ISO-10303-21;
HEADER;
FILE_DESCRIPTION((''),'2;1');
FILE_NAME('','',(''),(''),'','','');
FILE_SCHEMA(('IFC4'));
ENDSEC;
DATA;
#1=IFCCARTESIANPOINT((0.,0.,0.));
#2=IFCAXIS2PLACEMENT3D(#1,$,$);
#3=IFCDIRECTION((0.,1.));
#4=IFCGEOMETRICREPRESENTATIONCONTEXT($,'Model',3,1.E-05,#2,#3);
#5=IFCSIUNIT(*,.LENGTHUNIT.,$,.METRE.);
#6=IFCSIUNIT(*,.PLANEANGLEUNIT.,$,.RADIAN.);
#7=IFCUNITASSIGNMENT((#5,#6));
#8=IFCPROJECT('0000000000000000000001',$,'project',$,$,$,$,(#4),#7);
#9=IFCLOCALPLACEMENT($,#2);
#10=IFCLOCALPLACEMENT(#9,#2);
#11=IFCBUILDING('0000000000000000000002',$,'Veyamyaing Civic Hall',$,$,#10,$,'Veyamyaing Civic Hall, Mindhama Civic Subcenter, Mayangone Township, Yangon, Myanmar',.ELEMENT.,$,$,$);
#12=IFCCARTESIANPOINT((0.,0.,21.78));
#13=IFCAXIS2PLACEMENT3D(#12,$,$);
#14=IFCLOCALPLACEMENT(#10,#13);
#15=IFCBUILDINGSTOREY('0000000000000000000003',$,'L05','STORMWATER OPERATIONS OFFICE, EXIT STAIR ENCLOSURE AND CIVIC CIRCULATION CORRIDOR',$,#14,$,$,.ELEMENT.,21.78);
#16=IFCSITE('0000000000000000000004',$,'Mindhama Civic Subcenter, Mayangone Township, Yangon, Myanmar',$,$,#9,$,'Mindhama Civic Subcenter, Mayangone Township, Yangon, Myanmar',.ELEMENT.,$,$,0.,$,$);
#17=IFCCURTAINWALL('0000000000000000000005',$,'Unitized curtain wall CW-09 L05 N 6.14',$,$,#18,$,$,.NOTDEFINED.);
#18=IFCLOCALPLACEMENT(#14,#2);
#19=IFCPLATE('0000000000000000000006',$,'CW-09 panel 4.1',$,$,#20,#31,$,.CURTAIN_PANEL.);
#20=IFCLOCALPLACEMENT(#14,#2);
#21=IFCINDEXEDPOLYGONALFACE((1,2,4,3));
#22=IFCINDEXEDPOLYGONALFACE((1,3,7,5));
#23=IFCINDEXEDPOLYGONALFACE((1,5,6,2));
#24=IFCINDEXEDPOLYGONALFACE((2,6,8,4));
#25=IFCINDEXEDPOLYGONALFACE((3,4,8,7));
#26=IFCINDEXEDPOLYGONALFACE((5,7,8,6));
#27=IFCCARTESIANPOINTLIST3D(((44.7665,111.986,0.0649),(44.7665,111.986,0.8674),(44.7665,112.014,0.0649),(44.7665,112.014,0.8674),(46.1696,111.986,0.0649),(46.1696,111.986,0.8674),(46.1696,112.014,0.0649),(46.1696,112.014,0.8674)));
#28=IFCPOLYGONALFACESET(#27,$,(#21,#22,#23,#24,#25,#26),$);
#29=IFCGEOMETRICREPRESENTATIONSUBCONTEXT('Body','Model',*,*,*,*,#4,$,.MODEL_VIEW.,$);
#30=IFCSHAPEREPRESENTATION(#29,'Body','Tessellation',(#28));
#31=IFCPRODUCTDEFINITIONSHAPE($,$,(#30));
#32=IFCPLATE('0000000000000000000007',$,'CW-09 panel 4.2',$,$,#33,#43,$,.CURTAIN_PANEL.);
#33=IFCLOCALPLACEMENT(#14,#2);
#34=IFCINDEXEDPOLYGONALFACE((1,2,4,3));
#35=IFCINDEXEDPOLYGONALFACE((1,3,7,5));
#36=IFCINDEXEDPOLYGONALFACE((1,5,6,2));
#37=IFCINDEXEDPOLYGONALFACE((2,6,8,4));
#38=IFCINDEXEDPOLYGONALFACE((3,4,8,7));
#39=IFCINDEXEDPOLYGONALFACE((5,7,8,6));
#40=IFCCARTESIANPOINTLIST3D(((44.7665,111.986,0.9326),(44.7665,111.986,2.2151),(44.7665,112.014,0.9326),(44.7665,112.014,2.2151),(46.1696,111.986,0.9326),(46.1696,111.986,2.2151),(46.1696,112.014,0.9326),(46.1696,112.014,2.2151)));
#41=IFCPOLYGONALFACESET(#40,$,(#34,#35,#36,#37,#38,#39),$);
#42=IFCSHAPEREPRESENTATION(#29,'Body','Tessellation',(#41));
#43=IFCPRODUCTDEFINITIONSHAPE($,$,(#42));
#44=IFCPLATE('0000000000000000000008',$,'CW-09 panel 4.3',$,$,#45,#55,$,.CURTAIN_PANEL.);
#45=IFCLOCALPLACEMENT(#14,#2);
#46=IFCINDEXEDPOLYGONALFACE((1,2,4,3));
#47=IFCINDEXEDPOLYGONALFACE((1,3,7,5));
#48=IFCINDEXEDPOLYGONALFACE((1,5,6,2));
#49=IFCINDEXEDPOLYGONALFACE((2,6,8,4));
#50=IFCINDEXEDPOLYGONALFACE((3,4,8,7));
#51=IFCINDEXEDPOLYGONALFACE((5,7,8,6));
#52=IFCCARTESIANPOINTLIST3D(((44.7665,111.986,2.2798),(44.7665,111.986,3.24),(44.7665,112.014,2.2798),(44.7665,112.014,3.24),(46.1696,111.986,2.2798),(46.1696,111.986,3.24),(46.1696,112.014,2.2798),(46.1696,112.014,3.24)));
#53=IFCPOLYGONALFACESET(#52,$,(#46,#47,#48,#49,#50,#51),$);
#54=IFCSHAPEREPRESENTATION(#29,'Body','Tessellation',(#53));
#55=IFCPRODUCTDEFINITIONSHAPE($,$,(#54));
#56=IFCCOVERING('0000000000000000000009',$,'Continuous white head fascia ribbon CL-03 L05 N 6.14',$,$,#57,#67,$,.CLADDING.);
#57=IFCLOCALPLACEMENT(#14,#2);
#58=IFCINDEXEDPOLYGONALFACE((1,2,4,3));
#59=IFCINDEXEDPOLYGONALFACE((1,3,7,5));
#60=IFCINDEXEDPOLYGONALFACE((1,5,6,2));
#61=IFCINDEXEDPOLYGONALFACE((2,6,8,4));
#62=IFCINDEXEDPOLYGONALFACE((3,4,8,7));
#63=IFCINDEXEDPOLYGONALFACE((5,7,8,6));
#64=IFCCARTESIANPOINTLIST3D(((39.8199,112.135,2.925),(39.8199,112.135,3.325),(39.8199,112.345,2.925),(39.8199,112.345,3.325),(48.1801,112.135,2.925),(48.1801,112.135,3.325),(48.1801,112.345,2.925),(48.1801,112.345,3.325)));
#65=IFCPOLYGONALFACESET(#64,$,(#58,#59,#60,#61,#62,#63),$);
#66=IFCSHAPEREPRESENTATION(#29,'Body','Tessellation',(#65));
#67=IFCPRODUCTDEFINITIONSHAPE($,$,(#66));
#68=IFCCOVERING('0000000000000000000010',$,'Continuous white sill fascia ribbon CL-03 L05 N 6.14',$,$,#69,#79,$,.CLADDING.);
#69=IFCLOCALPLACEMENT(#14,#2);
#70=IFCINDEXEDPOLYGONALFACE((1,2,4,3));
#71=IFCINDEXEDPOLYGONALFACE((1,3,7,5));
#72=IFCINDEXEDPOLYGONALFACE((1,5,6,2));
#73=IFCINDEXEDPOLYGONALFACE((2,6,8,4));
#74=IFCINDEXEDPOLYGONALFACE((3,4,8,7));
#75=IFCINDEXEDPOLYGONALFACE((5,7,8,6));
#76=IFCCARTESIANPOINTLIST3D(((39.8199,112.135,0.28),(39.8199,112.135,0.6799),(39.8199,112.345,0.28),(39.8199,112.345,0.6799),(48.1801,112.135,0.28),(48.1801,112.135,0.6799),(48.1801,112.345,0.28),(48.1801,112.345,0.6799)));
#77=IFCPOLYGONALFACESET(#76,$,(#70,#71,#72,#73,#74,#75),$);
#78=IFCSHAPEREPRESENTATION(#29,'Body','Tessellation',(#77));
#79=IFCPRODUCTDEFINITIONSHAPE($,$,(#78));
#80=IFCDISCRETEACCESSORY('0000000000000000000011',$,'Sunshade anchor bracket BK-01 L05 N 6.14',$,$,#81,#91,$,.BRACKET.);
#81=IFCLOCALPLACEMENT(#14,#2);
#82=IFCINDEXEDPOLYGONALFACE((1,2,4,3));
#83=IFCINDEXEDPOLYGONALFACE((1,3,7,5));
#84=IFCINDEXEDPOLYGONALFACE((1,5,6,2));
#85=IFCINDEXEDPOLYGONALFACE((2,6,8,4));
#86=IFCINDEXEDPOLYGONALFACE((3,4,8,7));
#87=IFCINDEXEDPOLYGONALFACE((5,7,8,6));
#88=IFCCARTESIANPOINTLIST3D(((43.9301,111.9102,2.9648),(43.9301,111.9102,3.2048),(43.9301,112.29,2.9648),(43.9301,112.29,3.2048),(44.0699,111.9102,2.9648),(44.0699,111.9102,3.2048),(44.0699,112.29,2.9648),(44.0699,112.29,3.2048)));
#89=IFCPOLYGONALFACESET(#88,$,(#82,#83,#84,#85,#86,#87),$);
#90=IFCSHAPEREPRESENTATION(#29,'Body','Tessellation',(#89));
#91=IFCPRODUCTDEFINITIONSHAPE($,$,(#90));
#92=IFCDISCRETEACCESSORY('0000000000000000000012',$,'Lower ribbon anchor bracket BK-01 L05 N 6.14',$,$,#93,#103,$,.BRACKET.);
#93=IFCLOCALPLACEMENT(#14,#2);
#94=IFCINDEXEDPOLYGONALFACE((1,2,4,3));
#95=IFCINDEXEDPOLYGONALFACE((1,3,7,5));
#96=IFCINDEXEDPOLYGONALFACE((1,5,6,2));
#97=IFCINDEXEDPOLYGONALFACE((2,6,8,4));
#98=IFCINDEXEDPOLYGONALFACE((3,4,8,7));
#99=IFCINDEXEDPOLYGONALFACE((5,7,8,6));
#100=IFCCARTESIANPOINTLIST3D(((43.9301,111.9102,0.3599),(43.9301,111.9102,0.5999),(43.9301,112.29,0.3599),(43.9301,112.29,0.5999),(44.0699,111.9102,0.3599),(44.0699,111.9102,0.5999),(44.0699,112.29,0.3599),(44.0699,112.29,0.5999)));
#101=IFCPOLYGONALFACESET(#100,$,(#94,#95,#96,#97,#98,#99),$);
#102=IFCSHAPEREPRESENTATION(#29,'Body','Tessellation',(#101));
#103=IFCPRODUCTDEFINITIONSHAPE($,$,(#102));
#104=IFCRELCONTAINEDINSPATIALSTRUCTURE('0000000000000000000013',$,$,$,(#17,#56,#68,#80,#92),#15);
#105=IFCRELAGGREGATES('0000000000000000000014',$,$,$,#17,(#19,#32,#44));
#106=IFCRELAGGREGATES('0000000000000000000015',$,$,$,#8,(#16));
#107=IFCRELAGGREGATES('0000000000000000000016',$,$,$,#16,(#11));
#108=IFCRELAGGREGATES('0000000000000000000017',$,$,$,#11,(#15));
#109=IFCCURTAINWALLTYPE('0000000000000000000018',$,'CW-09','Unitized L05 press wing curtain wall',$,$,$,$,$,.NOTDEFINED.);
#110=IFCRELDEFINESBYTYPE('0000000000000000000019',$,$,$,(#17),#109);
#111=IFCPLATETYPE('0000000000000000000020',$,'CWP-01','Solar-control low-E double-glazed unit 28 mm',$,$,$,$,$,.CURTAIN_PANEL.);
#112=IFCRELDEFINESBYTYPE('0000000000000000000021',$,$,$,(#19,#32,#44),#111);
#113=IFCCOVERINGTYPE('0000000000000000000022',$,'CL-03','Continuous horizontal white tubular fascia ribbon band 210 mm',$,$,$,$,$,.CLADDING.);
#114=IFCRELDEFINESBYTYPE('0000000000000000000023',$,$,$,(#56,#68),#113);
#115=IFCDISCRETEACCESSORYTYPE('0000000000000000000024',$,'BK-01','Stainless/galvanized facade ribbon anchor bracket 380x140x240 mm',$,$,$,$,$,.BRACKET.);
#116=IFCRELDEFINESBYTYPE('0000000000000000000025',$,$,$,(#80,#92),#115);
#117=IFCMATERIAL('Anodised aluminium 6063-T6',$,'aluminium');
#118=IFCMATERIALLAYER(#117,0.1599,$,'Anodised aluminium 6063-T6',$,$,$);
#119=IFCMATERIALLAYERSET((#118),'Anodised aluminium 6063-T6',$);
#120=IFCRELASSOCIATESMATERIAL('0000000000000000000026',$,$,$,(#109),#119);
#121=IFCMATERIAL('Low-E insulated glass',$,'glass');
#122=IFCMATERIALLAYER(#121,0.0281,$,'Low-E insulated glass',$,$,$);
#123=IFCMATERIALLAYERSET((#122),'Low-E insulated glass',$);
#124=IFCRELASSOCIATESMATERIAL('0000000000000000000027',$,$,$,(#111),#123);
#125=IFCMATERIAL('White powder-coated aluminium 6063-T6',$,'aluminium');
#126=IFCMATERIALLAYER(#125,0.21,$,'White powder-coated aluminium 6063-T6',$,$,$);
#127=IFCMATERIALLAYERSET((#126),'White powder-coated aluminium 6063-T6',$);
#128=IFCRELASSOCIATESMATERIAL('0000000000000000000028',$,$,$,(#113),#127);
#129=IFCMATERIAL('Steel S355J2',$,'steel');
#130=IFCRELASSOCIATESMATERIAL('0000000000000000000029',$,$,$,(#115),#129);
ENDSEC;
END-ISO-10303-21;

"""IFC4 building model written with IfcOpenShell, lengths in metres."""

from ifc_helpers import new_model, si_unit, direction, frame, origin, origin_2d, place, context, subcontext, project, spatial, rectangle, extrude, material, layer, layer_set, type_object, element, aggregate, save


model = new_model("IFC4")

# Units and contexts
model_context = context("Model", 3, precision=1e-05, world=origin(), true_north=direction((0.0, 1.0)))
body_context = subcontext(model_context, "Body", "Model", "MODEL_VIEW")
ifc_project = project(units=[si_unit("LENGTHUNIT", "METRE"), si_unit("PLANEANGLEUNIT", "RADIAN")], contexts=[model_context])

# Site, building, storey
site_placement = place(None, origin())
site = spatial("IfcSite", under=ifc_project, at=site_placement, Name="Mindhama Civic Subcenter, Mayangone Township, Yangon, Myanmar", LongName="Mindhama Civic Subcenter, Mayangone Township, Yangon, Myanmar", CompositionType="ELEMENT", RefElevation=0.0)
building_placement = place(site_placement, origin())
building = spatial("IfcBuilding", under=site, at=building_placement, Name="Veyamyaing Civic Hall", LongName="Veyamyaing Civic Hall, Mindhama Civic Subcenter, Mayangone Township, Yangon, Myanmar", CompositionType="ELEMENT")
storey_placement = place(building_placement, frame((0.0, 0.0, 21.78)))
storey = spatial("IfcBuildingStorey", under=building, at=storey_placement, Name="L05", Description="STORMWATER OPERATIONS OFFICE, EXIT STAIR ENCLOSURE AND CIVIC CIRCULATION CORRIDOR", CompositionType="ELEMENT", Elevation=21.78)

# Curtain wall, plates
ifc_material_1 = material(Name="Anodised aluminium 6063-T6", Category="aluminium")
ifc_layer_1 = layer(ifc_material_1, 0.1599, Name="Anodised aluminium 6063-T6")
ifc_layer_set_1 = layer_set([ifc_layer_1], Name="Anodised aluminium 6063-T6")
curtain_wall_type = type_object("IfcCurtainWallType", Name="CW-09", Description="Unitized L05 press wing curtain wall", PredefinedType="NOTDEFINED", material=ifc_layer_set_1)
curtain_wall_placement = place(storey_placement, origin())
curtain_wall = element("IfcCurtainWall", 1, at=curtain_wall_placement, inside=storey, type_object=curtain_wall_type, Name="Unitized curtain wall CW-09 L05 N 6.14", PredefinedType="NOTDEFINED")
ifc_material_2 = material(Name="Low-E insulated glass", Category="glass")
ifc_layer_2 = layer(ifc_material_2, 0.0281, Name="Low-E insulated glass")
ifc_layer_set_2 = layer_set([ifc_layer_2], Name="Low-E insulated glass")
plate_type = type_object("IfcPlateType", Name="CWP-01", Description="Solar-control low-E double-glazed unit 28 mm", PredefinedType="CURTAIN_PANEL", material=ifc_layer_set_2)
plate_1_placement = place(storey_placement, frame((45.468, 112.0, 0.0649), z_axis=(0.0, 0.0, 1.0), x_axis=(1.0, 0.0, 0.0)))
plate_1 = element("IfcPlate", 2, at=plate_1_placement, type_object=plate_type, Name="CW-09 panel 4.1", PredefinedType="CURTAIN_PANEL", context=body_context, shape_type="SweptSolid", body=[
    extrude(rectangle(XDim=1.4031, YDim=0.0281, at=origin_2d()), origin(), (0.0, 0.0, 1.0), 0.8025),
])
plate_2_placement = place(storey_placement, frame((45.468, 112.0, 0.9326), z_axis=(0.0, 0.0, 1.0), x_axis=(1.0, 0.0, 0.0)))
plate_2 = element("IfcPlate", 3, at=plate_2_placement, type_object=plate_type, Name="CW-09 panel 4.2", PredefinedType="CURTAIN_PANEL", context=body_context, shape_type="SweptSolid", body=[
    extrude(rectangle(XDim=1.4031, YDim=0.0281, at=origin_2d()), origin(), (0.0, 0.0, 1.0), 1.2825),
])
plate_3_placement = place(storey_placement, frame((45.468, 112.0, 2.2798), z_axis=(0.0, 0.0, 1.0), x_axis=(1.0, 0.0, 0.0)))
plate_3 = element("IfcPlate", 4, at=plate_3_placement, type_object=plate_type, Name="CW-09 panel 4.3", PredefinedType="CURTAIN_PANEL", context=body_context, shape_type="SweptSolid", body=[
    extrude(rectangle(XDim=1.4031, YDim=0.0281, at=origin_2d()), origin(), (0.0, 0.0, 1.0), 0.9602),
])
aggregate(curtain_wall, [plate_1, plate_2, plate_3])

# Coverings
ifc_material_3 = material(Name="White powder-coated aluminium 6063-T6", Category="aluminium")
ifc_layer_3 = layer(ifc_material_3, 0.21, Name="White powder-coated aluminium 6063-T6")
ifc_layer_set_3 = layer_set([ifc_layer_3], Name="White powder-coated aluminium 6063-T6")
covering_type = type_object("IfcCoveringType", Name="CL-03", Description="Continuous horizontal white tubular fascia ribbon band 210 mm", PredefinedType="CLADDING", material=ifc_layer_set_3)
for number, where, z_axis, x_axis, name in (
    (5, (44.0, 112.24, 2.925), (0.0, 0.0, 1.0), (1.0, 0.0, 0.0), "Continuous white head fascia ribbon CL-03 L05 N 6.14"),
    (6, (44.0, 112.24, 0.28), (0.0, 0.0, 1.0), (1.0, 0.0, 0.0), "Continuous white sill fascia ribbon CL-03 L05 N 6.14"),
):
    element("IfcCovering", number, at=place(storey_placement, frame(where, z_axis=z_axis, x_axis=x_axis)), inside=storey, type_object=covering_type, Name=name, PredefinedType="CLADDING", context=body_context, shape_type="SweptSolid", body=[
        extrude(rectangle(XDim=8.3601, YDim=0.21, at=origin_2d()), origin(), (0.0, 0.0, 1.0), 0.3999),
    ])

# Discrete accessories
ifc_material_4 = material(Name="Steel S355J2", Category="steel")
discrete_accessory_type = type_object("IfcDiscreteAccessoryType", Name="BK-01", Description="Stainless/galvanized facade ribbon anchor bracket 380x140x240 mm", PredefinedType="BRACKET", material=ifc_material_4)
for number, where, z_axis, x_axis, name in (
    (7, (44.0, 112.1001, 2.9648), (0.0, 0.0, 1.0), (0.0, 1.0, 0.0), "Sunshade anchor bracket BK-01 L05 N 6.14"),
    (8, (44.0, 112.1001, 0.3599), (0.0, 0.0, 1.0), (0.0, 1.0, 0.0), "Lower ribbon anchor bracket BK-01 L05 N 6.14"),
):
    element("IfcDiscreteAccessory", number, at=place(storey_placement, frame(where, z_axis=z_axis, x_axis=x_axis)), inside=storey, type_object=discrete_accessory_type, Name=name, PredefinedType="BRACKET", context=body_context, shape_type="SweptSolid", body=[
        extrude(rectangle(XDim=0.3799, YDim=0.1399, at=origin_2d()), origin(), (0.0, 0.0, 1.0), 0.24),
    ])

save(model, "model.ifc")
